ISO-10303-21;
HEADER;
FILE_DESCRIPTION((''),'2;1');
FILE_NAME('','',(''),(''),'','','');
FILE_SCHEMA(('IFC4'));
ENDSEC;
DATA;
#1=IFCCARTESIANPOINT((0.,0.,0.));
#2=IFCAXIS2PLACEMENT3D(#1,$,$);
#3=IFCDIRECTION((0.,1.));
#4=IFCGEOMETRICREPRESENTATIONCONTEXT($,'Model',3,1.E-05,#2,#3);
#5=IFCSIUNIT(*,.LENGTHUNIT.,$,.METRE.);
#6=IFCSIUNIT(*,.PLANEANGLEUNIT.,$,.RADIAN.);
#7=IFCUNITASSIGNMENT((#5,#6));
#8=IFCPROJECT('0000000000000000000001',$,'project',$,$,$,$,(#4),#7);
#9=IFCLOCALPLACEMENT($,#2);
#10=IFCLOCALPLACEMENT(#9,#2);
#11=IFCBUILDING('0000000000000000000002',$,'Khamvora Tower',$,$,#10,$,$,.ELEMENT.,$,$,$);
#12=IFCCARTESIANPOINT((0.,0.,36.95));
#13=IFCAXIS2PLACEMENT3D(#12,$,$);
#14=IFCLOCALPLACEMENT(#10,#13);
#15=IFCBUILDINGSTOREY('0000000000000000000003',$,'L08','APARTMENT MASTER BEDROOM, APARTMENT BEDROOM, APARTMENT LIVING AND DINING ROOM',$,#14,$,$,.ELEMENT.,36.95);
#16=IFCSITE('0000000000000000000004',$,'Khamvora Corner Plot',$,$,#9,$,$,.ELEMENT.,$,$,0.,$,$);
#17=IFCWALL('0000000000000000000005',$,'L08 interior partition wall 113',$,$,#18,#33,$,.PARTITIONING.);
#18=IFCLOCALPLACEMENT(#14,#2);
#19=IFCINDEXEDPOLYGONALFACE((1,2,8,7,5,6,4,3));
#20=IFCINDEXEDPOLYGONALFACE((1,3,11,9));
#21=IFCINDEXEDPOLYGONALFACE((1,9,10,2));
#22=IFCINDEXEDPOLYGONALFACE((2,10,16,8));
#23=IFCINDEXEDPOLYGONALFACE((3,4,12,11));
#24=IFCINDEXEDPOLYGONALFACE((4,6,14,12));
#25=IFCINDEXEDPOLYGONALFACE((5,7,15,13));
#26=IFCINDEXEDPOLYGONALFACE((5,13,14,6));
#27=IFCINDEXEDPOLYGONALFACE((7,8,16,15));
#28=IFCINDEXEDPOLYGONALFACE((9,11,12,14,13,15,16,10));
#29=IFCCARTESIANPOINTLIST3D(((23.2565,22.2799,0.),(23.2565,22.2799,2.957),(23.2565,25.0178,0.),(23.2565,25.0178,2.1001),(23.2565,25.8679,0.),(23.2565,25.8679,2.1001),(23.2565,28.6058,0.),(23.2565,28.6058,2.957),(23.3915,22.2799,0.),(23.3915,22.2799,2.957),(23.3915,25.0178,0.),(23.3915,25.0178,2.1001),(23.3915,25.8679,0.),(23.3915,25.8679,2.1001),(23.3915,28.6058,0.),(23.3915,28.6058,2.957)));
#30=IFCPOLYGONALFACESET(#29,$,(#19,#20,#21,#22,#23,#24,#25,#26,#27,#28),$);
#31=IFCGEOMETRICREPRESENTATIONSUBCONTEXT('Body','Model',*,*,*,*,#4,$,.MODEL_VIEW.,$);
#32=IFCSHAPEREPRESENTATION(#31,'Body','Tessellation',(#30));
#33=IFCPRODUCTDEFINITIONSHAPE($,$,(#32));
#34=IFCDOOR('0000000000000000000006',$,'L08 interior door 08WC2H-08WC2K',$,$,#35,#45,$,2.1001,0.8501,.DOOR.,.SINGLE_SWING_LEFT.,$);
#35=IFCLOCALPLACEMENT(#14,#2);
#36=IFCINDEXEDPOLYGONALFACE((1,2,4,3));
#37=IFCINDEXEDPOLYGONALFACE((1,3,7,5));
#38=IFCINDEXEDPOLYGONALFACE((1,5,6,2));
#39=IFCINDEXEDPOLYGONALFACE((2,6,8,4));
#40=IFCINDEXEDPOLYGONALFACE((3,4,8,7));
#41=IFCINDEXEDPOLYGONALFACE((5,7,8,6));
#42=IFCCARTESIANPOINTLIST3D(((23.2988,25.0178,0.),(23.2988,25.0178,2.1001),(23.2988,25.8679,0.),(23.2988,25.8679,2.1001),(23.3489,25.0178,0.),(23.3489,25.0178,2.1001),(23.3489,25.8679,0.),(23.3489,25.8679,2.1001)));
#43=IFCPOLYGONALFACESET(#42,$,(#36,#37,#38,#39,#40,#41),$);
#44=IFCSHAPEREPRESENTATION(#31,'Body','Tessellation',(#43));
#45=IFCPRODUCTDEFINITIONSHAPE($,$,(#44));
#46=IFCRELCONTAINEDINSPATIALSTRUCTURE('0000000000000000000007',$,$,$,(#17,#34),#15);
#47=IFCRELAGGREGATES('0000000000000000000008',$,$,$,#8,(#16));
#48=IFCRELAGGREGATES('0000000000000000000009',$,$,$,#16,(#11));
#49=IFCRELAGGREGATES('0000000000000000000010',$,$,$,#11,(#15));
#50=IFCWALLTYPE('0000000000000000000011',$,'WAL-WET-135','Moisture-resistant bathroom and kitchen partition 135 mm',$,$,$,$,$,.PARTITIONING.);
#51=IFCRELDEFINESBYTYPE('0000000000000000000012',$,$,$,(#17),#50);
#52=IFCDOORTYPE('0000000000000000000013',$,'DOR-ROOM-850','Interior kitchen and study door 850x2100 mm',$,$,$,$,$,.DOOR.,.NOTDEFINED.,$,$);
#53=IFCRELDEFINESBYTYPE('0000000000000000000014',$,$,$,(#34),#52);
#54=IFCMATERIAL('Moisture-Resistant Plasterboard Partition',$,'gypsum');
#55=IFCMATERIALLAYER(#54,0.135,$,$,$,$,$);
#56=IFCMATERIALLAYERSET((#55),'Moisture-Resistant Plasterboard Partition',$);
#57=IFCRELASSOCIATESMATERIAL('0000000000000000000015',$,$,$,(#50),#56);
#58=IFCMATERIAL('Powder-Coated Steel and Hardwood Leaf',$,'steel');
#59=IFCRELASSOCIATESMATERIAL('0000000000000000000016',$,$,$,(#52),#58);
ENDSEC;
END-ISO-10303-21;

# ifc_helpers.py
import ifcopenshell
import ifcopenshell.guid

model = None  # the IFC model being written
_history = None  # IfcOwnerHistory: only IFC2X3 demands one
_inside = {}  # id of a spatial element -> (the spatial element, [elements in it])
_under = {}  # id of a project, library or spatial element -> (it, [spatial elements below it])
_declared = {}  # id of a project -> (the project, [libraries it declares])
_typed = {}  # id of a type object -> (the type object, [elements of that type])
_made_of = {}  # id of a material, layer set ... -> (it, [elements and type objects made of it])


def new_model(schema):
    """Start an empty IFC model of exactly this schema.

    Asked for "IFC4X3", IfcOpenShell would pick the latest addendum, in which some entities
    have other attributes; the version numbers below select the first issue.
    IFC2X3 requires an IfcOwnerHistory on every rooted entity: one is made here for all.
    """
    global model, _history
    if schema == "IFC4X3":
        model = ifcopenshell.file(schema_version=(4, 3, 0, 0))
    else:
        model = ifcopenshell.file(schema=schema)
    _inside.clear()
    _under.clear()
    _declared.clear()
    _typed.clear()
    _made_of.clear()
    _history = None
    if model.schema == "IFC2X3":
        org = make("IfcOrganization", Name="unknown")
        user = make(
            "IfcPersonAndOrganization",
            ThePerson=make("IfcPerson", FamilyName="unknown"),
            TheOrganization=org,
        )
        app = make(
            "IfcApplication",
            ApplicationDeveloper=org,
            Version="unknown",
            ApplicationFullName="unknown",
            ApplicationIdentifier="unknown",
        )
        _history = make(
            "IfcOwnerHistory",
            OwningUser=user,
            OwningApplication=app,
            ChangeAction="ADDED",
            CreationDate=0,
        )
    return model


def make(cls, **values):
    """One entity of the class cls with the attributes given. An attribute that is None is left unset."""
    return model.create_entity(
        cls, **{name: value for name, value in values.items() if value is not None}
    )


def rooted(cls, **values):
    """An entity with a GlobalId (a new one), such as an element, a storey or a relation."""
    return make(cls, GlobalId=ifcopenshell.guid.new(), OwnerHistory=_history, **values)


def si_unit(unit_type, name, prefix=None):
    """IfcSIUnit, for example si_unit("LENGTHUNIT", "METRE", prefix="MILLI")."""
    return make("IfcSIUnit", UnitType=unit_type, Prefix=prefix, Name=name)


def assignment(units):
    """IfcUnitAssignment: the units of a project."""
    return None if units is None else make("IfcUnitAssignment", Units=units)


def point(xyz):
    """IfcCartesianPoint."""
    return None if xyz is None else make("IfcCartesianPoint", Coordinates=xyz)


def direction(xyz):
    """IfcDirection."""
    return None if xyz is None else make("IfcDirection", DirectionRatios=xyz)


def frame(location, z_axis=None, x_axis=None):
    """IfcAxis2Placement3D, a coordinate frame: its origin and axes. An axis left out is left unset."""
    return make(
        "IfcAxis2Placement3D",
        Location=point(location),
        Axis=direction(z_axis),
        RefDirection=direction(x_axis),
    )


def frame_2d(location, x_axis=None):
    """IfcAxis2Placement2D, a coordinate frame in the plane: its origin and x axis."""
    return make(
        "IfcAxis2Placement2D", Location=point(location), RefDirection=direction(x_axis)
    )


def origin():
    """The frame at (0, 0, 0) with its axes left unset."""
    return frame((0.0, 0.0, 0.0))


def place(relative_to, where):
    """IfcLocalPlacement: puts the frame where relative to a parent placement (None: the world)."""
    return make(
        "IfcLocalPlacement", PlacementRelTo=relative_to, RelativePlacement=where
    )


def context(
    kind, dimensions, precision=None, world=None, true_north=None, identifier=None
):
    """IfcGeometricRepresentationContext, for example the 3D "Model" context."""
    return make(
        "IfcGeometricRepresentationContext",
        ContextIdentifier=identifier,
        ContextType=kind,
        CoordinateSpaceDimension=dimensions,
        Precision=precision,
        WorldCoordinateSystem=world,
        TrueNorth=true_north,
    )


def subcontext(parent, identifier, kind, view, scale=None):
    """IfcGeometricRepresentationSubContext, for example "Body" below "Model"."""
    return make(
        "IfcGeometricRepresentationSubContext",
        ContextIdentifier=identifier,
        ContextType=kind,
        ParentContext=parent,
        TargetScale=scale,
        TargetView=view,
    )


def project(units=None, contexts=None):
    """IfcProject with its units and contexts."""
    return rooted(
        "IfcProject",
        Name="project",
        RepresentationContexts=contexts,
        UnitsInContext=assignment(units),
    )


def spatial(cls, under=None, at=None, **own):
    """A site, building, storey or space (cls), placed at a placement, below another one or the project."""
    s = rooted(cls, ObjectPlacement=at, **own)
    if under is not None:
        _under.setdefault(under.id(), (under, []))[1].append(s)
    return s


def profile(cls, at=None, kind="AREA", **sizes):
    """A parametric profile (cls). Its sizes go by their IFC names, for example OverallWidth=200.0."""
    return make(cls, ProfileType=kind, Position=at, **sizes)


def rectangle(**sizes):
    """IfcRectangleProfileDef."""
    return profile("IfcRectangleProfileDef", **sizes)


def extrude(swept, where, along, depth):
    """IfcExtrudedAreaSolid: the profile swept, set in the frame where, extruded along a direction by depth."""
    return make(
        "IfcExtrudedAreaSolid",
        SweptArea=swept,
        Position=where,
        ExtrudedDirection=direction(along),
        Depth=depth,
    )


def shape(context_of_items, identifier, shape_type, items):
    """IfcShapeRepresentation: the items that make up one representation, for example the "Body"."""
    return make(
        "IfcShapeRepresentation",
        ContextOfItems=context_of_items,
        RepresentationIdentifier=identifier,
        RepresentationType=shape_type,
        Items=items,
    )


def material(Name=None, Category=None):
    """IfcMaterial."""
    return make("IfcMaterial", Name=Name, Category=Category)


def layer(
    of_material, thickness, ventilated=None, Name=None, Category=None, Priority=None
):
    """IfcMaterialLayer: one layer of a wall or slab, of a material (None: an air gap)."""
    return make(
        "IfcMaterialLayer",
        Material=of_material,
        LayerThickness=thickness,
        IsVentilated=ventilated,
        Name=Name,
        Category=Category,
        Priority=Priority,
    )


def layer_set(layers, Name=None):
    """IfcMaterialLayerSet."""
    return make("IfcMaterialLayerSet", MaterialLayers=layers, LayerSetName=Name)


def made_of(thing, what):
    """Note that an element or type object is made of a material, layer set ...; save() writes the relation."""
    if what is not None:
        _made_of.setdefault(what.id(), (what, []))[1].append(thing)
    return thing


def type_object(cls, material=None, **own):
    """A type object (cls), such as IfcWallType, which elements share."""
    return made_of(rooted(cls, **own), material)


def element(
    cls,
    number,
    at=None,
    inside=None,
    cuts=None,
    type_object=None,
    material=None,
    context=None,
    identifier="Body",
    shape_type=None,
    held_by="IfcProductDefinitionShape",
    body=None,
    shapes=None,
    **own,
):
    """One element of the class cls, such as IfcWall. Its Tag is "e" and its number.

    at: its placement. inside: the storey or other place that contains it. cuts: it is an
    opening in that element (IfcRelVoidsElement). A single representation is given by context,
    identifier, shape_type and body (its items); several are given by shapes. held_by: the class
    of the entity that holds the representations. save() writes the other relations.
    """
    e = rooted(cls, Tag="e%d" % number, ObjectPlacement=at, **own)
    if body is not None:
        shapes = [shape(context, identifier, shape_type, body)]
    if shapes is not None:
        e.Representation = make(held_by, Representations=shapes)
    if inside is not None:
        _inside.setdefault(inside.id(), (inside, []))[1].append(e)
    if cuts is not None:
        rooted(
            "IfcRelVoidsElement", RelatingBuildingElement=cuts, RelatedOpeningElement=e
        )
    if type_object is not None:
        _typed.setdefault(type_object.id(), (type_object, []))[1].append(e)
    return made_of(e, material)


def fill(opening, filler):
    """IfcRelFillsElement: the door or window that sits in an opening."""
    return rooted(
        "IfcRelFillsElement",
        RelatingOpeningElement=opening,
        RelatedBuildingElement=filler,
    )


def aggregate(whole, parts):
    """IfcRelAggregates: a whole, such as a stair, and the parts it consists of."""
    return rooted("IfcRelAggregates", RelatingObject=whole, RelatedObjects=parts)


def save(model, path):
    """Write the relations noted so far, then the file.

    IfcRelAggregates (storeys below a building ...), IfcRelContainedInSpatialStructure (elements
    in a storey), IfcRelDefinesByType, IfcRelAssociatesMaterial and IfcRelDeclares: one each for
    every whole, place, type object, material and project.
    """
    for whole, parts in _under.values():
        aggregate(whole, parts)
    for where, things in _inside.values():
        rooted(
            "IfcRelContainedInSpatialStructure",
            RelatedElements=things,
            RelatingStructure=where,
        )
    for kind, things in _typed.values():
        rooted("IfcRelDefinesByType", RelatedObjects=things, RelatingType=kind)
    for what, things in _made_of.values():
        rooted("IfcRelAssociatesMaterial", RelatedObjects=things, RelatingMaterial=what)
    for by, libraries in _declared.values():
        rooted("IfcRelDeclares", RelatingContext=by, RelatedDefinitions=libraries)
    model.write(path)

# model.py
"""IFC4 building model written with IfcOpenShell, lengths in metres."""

from ifc_helpers import new_model, si_unit, direction, frame, frame_2d, origin, place, context, subcontext, project, spatial, rectangle, extrude, material, layer, layer_set, type_object, element, fill, save


model = new_model("IFC4")

# Units and contexts
model_context = context("Model", 3, precision=1e-05, world=origin(), true_north=direction((0.0, 1.0)))
body_context = subcontext(model_context, "Body", "Model", "MODEL_VIEW")
ifc_project = project(units=[si_unit("LENGTHUNIT", "METRE"), si_unit("PLANEANGLEUNIT", "RADIAN")], contexts=[model_context])

# Site, building, storey
site_placement = place(None, origin())
site = spatial("IfcSite", under=ifc_project, at=site_placement, Name="Khamvora Corner Plot", CompositionType="ELEMENT", RefElevation=0.0)
building_placement = place(site_placement, origin())
building = spatial("IfcBuilding", under=site, at=building_placement, Name="Khamvora Tower", CompositionType="ELEMENT")
storey_placement = place(building_placement, frame((0.0, 0.0, 36.95)))
storey = spatial("IfcBuildingStorey", under=building, at=storey_placement, Name="L08", Description="APARTMENT MASTER BEDROOM, APARTMENT BEDROOM, APARTMENT LIVING AND DINING ROOM", CompositionType="ELEMENT", Elevation=36.95)

# Shared definitions
ifc_material_1 = material(Name="Powder-Coated Steel and Hardwood Leaf", Category="steel")

# Shared definitions
ifc_material_2 = material(Name="Moisture-Resistant Plasterboard Partition", Category="gypsum")
ifc_layer_1 = layer(ifc_material_2, 0.135)
ifc_layer_set_1 = layer_set([ifc_layer_1], Name="Moisture-Resistant Plasterboard Partition")
wall_type_1 = type_object("IfcWallType", Name="WAL-WET-135", Description="Moisture-resistant bathroom and kitchen partition 135 mm", PredefinedType="PARTITIONING", material=ifc_layer_set_1)

# Wall, opening, door
wall_1_placement = place(storey_placement, frame((23.324, 28.606, 0.0), z_axis=(0.0, 0.0, 1.0), x_axis=(0.0, -1.0, 0.0)))
wall_1 = element("IfcWall", 1, at=wall_1_placement, inside=storey, type_object=wall_type_1, Name="L08 interior partition wall 113", PredefinedType="PARTITIONING", context=body_context, shape_type="SweptSolid", body=[
    extrude(rectangle(XDim=6.3259, YDim=0.135, at=frame_2d((3.1631, 0.0))), origin(), (0.0, 0.0, 1.0), 2.957),
])
opening_1_placement = place(wall_1_placement, frame((2.738, 0.0, 0.0)))
opening_1 = element("IfcOpeningElement", 2, at=opening_1_placement, cuts=wall_1, PredefinedType="OPENING", context=body_context, shape_type="SweptSolid", body=[
    extrude(rectangle(XDim=0.8501, YDim=2.1001, at=frame_2d((0.425, 1.05))), frame((0.0, 0.0774, 0.0), z_axis=(0.0, -1.0, 0.0), x_axis=(1.0, 0.0, 0.0)), (0.0, 0.0, 1.0), 0.155),
])
door_type_1 = type_object("IfcDoorType", Name="DOR-ROOM-850", Description="Interior kitchen and study door 850x2100 mm", OperationType="NOTDEFINED", PredefinedType="DOOR", material=ifc_material_1)
door_1_placement = place(opening_1_placement, origin())
door_1 = element("IfcDoor", 3, at=door_1_placement, inside=storey, type_object=door_type_1, Name="L08 interior door 08WC2H-08WC2K", OperationType="SINGLE_SWING_LEFT", OverallHeight=2.1001, OverallWidth=0.8501, PredefinedType="DOOR", context=body_context, shape_type="SweptSolid", body=[
    extrude(rectangle(XDim=0.8501, YDim=2.1001, at=frame_2d((0.425, 1.05))), frame((0.0, 0.0249, 0.0), z_axis=(0.0, -1.0, 0.0), x_axis=(1.0, 0.0, 0.0)), (0.0, 0.0, 1.0), 0.05),
])
fill(opening_1, door_1)

save(model, "model.ifc")
